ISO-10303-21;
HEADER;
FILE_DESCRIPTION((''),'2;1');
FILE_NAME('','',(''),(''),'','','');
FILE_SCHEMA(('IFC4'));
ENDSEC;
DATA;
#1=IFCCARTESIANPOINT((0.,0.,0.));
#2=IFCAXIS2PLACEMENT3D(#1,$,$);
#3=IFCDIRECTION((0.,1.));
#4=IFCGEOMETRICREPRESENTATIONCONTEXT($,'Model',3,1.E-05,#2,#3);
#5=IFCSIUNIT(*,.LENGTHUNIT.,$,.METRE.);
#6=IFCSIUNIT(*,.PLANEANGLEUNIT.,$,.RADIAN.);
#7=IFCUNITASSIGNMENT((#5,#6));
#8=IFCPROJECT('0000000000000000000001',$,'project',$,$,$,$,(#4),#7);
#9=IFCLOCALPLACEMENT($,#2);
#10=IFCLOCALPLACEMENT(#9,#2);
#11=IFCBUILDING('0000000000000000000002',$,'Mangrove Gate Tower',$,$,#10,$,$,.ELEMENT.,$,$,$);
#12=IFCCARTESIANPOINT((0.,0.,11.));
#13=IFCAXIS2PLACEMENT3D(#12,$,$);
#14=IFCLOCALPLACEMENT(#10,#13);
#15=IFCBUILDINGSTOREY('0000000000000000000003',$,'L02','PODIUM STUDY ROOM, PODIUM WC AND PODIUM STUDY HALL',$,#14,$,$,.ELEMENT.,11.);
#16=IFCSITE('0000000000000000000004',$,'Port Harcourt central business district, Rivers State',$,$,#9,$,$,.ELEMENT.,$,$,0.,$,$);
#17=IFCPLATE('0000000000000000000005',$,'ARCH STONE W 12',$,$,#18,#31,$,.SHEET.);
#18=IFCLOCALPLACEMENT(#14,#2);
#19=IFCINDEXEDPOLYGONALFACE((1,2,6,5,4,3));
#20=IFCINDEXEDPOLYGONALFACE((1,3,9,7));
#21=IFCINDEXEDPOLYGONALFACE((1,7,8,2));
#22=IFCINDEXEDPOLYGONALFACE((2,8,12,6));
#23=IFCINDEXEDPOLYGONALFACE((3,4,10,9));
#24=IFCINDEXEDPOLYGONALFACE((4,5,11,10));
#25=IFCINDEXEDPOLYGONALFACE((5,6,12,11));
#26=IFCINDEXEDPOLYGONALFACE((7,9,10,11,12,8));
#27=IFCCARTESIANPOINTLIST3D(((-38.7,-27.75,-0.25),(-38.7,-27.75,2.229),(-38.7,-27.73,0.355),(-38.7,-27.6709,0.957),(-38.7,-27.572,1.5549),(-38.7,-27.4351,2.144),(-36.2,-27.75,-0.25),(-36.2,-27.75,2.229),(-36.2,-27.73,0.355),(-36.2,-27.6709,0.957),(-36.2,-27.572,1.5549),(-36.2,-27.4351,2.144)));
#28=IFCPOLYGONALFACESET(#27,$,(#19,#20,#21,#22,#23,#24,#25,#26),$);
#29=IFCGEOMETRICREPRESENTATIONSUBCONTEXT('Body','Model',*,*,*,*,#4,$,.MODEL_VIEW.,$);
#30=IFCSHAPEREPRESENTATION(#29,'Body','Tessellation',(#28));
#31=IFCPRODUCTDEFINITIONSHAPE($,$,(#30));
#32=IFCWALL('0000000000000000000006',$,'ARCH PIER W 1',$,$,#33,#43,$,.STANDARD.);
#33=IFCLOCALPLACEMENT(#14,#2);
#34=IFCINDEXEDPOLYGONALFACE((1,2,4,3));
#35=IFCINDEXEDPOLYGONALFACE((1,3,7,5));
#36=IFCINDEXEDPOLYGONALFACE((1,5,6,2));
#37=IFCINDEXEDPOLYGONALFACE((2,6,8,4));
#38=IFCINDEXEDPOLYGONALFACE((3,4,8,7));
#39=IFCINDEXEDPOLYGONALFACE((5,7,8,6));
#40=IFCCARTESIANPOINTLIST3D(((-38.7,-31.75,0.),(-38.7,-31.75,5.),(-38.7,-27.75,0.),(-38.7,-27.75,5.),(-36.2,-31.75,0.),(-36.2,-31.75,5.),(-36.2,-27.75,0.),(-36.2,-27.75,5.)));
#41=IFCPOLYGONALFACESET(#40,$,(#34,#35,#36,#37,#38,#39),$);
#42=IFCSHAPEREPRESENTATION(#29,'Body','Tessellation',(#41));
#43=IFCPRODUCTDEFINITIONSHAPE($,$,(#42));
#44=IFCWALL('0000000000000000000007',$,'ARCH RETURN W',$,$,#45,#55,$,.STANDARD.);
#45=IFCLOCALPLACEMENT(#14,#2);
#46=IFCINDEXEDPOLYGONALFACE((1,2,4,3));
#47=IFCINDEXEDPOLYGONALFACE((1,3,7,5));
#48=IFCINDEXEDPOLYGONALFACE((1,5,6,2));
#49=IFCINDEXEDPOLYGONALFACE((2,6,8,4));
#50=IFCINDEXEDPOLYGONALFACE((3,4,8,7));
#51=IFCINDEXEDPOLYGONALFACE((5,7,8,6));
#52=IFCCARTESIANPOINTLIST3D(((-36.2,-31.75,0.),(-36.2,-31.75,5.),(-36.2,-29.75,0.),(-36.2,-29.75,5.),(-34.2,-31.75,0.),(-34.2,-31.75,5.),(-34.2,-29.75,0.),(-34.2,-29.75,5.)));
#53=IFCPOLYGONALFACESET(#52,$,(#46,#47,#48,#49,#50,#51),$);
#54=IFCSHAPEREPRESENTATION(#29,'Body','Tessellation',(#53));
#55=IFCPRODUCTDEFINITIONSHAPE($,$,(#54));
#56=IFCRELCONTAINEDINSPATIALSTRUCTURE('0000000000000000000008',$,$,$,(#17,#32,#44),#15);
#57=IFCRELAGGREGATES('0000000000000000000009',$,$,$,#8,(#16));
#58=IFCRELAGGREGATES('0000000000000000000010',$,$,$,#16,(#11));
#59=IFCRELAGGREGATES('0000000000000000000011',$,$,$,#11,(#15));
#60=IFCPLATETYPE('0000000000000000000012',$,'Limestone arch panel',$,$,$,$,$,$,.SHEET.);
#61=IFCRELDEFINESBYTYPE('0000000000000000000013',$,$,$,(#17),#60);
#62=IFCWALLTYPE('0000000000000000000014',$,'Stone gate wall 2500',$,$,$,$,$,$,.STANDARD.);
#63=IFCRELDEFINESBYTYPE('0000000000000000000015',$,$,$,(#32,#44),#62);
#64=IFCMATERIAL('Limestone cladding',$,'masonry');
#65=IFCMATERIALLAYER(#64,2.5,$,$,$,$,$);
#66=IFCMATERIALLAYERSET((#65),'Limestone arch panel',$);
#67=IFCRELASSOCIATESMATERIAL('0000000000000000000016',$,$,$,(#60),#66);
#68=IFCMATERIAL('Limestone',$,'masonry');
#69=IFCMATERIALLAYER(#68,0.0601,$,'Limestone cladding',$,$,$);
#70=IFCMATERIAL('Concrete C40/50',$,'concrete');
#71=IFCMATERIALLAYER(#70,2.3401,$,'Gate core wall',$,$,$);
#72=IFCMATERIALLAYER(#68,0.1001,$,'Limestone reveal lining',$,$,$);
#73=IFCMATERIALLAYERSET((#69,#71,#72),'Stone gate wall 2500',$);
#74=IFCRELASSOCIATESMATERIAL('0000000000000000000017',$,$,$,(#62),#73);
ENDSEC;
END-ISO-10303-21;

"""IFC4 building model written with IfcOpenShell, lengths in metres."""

from ifc_helpers import new_model, si_unit, direction, frame, frame_2d, origin, place, context, subcontext, project, spatial, polyline, rectangle, outline, extrude, material, layer, layer_set, type_object, element, save


model = new_model("IFC4")

# Units and contexts
model_context = context("Model", 3, precision=1e-05, world=origin(), true_north=direction((0.0, 1.0)))
body_context = subcontext(model_context, "Body", "Model", "MODEL_VIEW")
ifc_project = project(units=[si_unit("LENGTHUNIT", "METRE"), si_unit("PLANEANGLEUNIT", "RADIAN")], contexts=[model_context])

# Site, building, storey
site_placement = place(None, origin())
site = spatial("IfcSite", under=ifc_project, at=site_placement, Name="Port Harcourt central business district, Rivers State", CompositionType="ELEMENT", RefElevation=0.0)
building_placement = place(site_placement, origin())
building = spatial("IfcBuilding", under=site, at=building_placement, Name="Mangrove Gate Tower", CompositionType="ELEMENT")
storey_placement = place(building_placement, frame((0.0, 0.0, 11.0)))
storey = spatial("IfcBuildingStorey", under=building, at=storey_placement, Name="L02", Description="PODIUM STUDY ROOM, PODIUM WC AND PODIUM STUDY HALL", CompositionType="ELEMENT", Elevation=11.0)

# Plate
ifc_material_1 = material(Name="Limestone cladding", Category="masonry")
ifc_layer_1 = layer(ifc_material_1, 2.5)
ifc_layer_set_1 = layer_set([ifc_layer_1], Name="Limestone arch panel")
plate_type = type_object("IfcPlateType", Name="Limestone arch panel", PredefinedType="SHEET", material=ifc_layer_set_1)
plate_1_placement = place(storey_placement, frame((-38.7, -27.572, 1.5549), z_axis=(-1.0, 0.0, 0.0), x_axis=(0.0, -0.163158, -0.9866)))
element("IfcPlate", 1, at=plate_1_placement, inside=storey, type_object=plate_type, Name="ARCH STONE W 12", PredefinedType="SHEET", context=body_context, shape_type="SweptSolid", body=[
    extrude(outline(polyline([(0.0, 0.0), (0.606, 0.0), (1.2096, -0.0399), (1.8098, -0.1189), (-0.636, 0.2856), (-0.6036, -0.039), (0.0, 0.0)])), origin(), (0.0, 0.0, -1.0), 2.5),
])

# Walls
ifc_material_2 = material(Name="Limestone", Category="masonry")
ifc_layer_2 = layer(ifc_material_2, 0.0601, Name="Limestone cladding")
ifc_material_3 = material(Name="Concrete C40/50", Category="concrete")
ifc_layer_3 = layer(ifc_material_3, 2.3401, Name="Gate core wall")
ifc_layer_4 = layer(ifc_material_2, 0.1001, Name="Limestone reveal lining")
ifc_layer_set_2 = layer_set([ifc_layer_2, ifc_layer_3, ifc_layer_4], Name="Stone gate wall 2500")
wall_type = type_object("IfcWallType", Name="Stone gate wall 2500", PredefinedType="STANDARD", material=ifc_layer_set_2)
wall_1_placement = place(storey_placement, frame((-37.45, -31.75, 0.0), z_axis=(0.0, 0.0, 1.0), x_axis=(0.0, 1.0, 0.0)))
element("IfcWall", 2, at=wall_1_placement, inside=storey, type_object=wall_type, Name="ARCH PIER W 1", PredefinedType="STANDARD", context=body_context, shape_type="SweptSolid", body=[
    extrude(rectangle(XDim=4.0, YDim=2.5, at=frame_2d((2.0, 0.0))), origin(), (0.0, 0.0, 1.0), 5.0),
])
wall_2_placement = place(storey_placement, frame((-34.2, -30.75, 0.0), z_axis=(0.0, 0.0, 1.0), x_axis=(-1.0, 0.0, 0.0)))
element("IfcWall", 3, at=wall_2_placement, inside=storey, type_object=wall_type, Name="ARCH RETURN W", PredefinedType="STANDARD", context=body_context, shape_type="SweptSolid", body=[
    extrude(rectangle(XDim=2.0, YDim=2.0, at=frame_2d((1.0, 0.0))), origin(), (0.0, 0.0, 1.0), 5.0),
])

save(model, "model.ifc")
